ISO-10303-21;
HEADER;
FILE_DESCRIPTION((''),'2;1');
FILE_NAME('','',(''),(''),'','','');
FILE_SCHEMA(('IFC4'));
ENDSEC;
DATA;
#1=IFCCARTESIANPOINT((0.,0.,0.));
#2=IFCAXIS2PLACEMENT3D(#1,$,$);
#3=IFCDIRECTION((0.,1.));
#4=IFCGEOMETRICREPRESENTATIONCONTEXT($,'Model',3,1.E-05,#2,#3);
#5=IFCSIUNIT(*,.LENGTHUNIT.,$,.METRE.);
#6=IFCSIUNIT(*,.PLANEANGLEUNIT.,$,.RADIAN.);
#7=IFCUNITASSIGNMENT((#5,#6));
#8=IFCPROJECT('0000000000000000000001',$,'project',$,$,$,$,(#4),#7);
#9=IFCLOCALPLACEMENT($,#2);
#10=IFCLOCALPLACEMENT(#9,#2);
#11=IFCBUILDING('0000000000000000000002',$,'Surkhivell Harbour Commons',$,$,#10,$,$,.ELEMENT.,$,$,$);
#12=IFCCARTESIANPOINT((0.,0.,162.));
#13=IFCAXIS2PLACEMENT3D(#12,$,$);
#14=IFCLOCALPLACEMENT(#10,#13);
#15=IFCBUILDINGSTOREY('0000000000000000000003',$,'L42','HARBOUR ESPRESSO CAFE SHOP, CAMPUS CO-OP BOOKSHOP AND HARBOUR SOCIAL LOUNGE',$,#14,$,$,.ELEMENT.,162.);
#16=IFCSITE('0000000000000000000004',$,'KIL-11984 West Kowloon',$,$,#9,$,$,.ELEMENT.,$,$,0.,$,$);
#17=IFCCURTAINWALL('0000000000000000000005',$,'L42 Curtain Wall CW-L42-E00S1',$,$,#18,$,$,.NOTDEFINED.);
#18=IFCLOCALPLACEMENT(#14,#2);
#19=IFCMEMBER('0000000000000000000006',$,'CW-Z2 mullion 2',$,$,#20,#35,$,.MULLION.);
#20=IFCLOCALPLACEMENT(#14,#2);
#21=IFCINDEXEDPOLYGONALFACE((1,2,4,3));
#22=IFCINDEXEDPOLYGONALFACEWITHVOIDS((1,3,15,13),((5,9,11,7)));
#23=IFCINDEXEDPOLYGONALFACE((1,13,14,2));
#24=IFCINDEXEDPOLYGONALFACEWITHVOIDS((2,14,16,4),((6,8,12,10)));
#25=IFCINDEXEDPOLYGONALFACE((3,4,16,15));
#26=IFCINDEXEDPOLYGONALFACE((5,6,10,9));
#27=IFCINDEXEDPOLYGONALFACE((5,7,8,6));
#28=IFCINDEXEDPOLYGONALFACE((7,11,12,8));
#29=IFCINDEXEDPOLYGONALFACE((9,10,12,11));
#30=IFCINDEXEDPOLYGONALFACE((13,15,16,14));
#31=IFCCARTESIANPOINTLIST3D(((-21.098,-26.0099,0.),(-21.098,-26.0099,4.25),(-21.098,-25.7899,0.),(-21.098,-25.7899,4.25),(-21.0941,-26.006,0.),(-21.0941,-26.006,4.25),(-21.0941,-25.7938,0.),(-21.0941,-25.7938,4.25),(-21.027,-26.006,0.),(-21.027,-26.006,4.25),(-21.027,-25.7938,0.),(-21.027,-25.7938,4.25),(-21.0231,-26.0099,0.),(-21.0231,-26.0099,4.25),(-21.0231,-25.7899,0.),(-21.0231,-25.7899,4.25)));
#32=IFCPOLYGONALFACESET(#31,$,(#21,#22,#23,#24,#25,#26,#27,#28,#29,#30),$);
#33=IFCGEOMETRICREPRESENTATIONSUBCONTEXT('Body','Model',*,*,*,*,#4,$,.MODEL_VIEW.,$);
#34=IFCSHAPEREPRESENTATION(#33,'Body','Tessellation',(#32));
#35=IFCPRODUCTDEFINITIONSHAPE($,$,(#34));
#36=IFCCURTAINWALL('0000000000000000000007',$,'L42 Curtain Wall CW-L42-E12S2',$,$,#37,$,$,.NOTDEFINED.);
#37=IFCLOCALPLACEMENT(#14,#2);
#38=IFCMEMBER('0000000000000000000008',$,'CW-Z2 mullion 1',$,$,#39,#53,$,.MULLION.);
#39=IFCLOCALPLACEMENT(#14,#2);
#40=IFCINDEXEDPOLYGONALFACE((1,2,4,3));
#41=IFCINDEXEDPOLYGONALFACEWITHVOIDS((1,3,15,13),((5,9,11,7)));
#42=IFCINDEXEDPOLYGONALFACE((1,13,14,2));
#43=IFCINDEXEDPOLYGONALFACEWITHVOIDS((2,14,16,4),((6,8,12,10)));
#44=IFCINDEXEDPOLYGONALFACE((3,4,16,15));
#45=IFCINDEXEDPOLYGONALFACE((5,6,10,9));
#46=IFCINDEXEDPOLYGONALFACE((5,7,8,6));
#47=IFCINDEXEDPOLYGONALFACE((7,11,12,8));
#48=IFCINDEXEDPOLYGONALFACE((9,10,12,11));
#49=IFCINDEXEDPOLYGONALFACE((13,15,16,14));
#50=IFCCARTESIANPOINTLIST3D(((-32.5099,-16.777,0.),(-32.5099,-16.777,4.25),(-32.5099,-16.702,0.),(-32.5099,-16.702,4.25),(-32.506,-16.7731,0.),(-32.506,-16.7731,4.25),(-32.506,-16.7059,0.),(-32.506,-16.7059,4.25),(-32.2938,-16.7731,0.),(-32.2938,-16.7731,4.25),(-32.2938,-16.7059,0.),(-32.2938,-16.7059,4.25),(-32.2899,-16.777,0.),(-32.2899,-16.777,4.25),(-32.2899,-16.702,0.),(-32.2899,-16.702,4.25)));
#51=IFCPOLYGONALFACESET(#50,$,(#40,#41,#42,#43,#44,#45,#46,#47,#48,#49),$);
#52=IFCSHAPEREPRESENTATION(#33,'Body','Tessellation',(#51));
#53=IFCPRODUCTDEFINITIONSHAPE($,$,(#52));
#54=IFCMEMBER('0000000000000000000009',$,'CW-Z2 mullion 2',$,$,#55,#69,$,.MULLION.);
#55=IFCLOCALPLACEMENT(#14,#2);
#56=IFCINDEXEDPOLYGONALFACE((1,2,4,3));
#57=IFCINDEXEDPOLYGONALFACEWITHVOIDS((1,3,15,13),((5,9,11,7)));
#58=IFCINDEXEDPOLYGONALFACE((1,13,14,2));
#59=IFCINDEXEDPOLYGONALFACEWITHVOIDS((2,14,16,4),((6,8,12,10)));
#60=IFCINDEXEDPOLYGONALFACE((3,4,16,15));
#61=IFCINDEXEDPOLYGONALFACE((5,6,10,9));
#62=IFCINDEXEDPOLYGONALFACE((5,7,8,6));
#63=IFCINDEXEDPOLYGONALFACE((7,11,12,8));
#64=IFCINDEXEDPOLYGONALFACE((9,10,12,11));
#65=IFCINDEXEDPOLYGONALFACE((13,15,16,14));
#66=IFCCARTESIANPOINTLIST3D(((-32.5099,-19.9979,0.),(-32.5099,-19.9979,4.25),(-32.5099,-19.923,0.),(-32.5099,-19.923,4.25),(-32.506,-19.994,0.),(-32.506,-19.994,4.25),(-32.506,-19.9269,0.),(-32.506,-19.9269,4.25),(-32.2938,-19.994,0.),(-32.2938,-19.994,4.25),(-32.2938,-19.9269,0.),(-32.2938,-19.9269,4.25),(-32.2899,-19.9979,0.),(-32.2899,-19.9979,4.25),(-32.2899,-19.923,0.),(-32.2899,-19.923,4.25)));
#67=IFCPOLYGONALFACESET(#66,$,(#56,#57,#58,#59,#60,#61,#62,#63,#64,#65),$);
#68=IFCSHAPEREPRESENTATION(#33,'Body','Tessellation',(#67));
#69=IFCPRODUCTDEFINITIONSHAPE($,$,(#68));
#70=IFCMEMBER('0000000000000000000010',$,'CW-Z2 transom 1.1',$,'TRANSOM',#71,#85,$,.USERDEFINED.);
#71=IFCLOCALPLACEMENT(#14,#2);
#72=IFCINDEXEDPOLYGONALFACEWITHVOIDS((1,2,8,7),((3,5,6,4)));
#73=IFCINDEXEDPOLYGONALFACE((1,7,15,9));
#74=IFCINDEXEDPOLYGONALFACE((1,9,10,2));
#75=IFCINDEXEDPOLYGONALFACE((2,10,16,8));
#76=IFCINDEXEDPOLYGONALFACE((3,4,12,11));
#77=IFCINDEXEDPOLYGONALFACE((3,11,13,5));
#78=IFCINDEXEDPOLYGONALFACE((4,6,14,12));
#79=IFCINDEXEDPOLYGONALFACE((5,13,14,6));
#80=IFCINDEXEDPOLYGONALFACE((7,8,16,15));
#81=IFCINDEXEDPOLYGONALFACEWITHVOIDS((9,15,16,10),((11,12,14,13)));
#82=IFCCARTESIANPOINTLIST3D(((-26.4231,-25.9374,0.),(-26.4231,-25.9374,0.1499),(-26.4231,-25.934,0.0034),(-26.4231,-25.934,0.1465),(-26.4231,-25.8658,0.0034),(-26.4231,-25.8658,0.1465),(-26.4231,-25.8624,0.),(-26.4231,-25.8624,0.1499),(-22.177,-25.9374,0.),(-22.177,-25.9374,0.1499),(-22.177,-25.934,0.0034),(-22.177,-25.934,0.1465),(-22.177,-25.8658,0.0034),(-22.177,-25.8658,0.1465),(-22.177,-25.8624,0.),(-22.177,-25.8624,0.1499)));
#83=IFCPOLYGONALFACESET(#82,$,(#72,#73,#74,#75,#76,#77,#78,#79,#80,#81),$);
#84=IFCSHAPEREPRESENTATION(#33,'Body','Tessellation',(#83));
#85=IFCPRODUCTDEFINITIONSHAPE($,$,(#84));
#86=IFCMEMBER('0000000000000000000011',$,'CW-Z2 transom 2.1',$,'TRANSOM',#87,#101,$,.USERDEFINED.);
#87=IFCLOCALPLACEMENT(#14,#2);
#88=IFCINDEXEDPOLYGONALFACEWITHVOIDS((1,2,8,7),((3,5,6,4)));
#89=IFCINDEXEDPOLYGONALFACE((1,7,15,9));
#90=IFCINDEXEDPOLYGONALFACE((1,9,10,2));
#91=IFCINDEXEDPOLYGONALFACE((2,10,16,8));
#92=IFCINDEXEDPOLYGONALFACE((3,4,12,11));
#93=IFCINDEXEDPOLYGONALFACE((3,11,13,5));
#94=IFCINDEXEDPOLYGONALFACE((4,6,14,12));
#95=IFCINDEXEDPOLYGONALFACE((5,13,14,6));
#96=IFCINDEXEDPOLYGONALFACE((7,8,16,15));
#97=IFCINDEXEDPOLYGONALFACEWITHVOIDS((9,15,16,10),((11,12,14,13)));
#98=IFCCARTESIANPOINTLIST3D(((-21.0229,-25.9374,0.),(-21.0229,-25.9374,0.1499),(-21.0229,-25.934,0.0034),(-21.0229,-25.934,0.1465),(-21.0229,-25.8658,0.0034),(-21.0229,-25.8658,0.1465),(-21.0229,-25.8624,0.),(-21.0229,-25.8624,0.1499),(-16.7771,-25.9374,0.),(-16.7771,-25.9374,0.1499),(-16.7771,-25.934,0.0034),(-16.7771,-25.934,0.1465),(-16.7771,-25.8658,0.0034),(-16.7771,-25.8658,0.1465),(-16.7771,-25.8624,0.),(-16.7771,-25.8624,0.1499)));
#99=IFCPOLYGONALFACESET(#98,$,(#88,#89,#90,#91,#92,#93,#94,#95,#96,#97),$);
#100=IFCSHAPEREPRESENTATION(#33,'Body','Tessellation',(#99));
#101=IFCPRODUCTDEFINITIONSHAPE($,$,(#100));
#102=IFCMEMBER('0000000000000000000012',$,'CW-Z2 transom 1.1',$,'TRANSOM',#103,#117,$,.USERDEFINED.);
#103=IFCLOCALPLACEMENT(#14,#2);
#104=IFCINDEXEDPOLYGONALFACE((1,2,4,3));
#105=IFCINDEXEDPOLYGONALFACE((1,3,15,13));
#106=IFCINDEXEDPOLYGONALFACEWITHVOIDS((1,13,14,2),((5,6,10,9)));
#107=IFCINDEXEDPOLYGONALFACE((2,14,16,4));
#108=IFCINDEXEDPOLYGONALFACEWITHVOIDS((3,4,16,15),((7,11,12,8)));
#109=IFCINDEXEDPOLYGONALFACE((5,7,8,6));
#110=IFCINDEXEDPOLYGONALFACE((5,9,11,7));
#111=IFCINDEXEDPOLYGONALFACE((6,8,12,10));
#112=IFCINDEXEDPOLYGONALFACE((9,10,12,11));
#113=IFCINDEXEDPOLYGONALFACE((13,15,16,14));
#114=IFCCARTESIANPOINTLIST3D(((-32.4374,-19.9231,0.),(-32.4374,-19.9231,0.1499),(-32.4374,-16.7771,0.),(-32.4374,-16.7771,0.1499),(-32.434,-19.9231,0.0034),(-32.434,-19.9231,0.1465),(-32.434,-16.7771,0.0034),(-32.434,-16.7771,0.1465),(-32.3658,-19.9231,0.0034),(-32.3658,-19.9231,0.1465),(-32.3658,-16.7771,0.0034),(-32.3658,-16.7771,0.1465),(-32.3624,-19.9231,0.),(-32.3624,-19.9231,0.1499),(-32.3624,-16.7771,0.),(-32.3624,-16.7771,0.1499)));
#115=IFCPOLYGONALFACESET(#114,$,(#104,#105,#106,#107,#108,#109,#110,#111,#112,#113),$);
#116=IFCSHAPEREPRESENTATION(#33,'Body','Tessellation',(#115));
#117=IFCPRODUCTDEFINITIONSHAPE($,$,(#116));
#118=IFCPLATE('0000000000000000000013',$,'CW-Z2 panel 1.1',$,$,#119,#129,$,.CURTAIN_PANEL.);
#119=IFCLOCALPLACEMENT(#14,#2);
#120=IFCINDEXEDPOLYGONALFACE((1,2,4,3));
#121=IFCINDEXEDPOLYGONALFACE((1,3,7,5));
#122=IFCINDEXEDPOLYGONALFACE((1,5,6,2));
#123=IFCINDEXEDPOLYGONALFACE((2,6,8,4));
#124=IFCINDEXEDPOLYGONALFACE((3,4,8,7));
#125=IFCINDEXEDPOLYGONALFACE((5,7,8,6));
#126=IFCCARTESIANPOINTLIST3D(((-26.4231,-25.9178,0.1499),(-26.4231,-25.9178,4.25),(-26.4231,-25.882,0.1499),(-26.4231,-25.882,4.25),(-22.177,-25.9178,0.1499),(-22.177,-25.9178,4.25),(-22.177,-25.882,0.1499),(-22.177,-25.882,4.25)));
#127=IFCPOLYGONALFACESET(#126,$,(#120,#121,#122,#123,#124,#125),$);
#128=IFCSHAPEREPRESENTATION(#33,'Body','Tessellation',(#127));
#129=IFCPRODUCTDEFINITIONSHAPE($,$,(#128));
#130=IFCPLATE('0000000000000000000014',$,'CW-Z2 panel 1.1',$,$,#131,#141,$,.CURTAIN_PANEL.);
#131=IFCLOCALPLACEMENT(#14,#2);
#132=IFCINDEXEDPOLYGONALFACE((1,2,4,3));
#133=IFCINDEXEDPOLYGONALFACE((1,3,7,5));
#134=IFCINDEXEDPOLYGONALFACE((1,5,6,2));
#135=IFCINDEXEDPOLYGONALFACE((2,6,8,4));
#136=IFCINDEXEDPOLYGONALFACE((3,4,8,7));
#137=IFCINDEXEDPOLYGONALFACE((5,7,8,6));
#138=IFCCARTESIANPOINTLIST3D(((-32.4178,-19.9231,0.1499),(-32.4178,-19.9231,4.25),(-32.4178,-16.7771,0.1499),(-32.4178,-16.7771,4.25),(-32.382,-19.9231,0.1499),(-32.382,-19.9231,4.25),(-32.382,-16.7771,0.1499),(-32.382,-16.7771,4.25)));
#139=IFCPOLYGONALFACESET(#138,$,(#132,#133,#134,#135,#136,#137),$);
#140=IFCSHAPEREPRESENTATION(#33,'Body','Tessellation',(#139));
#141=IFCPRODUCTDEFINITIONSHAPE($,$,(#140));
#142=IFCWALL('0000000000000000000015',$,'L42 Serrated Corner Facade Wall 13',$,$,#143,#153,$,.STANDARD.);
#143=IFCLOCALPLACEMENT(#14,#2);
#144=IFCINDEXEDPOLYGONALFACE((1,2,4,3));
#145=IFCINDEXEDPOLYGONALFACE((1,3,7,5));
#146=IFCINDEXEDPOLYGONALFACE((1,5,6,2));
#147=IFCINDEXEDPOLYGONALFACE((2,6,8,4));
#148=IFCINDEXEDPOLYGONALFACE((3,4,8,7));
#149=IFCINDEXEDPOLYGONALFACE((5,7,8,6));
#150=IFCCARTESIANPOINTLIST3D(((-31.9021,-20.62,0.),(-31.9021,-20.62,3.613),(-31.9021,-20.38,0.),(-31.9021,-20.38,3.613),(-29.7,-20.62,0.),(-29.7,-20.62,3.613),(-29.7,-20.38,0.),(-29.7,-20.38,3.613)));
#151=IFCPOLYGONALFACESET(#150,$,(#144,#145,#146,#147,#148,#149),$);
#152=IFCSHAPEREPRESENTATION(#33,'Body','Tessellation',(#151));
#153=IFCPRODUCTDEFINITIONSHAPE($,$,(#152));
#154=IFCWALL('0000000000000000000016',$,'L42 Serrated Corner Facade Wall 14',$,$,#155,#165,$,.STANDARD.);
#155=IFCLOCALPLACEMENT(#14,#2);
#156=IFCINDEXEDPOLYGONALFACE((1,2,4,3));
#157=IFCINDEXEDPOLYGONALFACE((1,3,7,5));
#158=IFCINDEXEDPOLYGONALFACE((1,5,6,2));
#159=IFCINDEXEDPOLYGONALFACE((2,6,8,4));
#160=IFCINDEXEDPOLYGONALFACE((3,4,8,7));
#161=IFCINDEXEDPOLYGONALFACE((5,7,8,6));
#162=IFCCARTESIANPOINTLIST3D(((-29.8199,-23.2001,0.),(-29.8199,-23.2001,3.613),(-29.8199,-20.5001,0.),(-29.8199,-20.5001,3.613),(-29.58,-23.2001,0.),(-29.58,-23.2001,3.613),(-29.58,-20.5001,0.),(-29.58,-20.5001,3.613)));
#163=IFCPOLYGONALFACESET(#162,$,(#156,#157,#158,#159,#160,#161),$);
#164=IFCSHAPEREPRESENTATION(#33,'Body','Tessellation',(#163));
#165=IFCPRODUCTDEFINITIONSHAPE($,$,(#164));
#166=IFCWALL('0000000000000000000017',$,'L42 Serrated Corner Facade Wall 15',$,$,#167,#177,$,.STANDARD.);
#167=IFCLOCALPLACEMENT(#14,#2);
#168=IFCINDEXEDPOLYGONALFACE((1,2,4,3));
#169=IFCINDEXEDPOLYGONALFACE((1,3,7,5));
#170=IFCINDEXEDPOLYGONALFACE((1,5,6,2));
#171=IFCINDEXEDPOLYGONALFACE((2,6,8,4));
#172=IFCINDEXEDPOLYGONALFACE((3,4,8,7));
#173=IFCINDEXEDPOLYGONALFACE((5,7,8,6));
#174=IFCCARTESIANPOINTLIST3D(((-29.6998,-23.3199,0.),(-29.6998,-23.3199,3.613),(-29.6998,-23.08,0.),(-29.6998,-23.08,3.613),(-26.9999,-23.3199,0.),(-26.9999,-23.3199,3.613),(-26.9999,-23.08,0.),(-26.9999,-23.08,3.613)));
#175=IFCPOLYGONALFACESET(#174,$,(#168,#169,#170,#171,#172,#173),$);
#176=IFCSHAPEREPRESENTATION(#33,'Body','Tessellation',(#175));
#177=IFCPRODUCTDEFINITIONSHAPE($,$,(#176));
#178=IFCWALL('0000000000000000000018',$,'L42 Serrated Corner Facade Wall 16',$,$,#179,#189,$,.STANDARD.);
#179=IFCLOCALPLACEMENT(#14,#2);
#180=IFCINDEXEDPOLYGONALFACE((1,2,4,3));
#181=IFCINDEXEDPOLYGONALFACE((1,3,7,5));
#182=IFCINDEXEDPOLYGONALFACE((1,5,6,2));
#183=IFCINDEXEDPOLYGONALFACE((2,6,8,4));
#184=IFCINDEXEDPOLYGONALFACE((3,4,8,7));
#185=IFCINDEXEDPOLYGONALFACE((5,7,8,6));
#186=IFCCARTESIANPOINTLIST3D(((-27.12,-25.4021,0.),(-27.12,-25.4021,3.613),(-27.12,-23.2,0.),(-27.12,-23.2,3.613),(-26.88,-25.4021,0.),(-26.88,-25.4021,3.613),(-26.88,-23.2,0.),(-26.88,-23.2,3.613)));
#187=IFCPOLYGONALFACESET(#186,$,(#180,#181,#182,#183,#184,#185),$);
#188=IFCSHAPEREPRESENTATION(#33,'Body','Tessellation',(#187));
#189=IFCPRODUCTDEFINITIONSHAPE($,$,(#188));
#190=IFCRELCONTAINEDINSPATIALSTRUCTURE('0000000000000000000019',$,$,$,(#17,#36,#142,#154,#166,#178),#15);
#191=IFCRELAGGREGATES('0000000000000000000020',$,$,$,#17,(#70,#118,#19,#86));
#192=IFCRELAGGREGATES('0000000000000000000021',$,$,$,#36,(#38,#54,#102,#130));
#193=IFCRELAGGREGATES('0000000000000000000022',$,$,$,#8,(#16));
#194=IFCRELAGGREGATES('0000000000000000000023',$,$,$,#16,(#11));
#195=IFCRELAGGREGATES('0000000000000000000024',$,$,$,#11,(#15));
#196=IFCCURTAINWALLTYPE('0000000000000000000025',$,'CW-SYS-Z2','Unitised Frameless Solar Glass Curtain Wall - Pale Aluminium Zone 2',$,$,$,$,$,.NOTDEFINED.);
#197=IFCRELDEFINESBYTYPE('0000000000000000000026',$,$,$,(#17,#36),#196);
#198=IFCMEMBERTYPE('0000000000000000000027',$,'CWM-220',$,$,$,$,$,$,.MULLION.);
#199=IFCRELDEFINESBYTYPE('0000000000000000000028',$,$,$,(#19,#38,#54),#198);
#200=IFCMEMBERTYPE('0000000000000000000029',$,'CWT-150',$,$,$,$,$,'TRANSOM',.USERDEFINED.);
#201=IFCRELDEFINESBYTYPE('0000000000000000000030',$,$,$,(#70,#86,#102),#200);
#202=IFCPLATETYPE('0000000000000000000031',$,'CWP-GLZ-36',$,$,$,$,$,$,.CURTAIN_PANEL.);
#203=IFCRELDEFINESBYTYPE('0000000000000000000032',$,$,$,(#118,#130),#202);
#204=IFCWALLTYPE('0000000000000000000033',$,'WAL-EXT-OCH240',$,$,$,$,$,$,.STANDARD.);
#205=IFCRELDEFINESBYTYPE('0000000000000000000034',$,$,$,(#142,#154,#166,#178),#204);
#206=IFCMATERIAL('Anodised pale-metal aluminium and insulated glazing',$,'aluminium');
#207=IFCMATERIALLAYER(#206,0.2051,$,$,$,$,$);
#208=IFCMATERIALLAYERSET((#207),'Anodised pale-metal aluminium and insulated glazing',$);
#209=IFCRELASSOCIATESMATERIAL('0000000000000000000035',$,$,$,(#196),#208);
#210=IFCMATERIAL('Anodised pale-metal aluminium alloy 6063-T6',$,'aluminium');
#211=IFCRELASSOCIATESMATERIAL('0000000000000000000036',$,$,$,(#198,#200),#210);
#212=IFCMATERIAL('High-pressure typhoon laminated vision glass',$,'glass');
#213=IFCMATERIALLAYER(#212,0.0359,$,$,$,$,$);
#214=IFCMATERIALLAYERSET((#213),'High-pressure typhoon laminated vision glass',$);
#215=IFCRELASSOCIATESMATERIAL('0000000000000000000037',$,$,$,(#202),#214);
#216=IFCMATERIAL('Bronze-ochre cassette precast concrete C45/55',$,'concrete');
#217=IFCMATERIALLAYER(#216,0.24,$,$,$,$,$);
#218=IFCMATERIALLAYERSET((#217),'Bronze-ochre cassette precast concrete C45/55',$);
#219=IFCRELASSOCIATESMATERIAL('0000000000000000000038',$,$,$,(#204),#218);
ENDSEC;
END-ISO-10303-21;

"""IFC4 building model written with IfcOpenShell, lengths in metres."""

from ifc_helpers import new_model, si_unit, direction, frame, frame_2d, origin, origin_2d, place, context, subcontext, project, spatial, rectangle, hollow_rectangle, extrude, material, layer, layer_set, material_profile, profile_set, type_object, element, aggregate, save


model = new_model("IFC4")

# Units and contexts
model_context = context("Model", 3, precision=1e-05, world=origin(), true_north=direction((0.0, 1.0)))
body_context = subcontext(model_context, "Body", "Model", "MODEL_VIEW")
ifc_project = project(units=[si_unit("LENGTHUNIT", "METRE"), si_unit("PLANEANGLEUNIT", "RADIAN")], contexts=[model_context])

# Site, building, storey
site_placement = place(None, origin())
site = spatial("IfcSite", under=ifc_project, at=site_placement, Name="KIL-11984 West Kowloon", CompositionType="ELEMENT", RefElevation=0.0)
building_placement = place(site_placement, origin())
building = spatial("IfcBuilding", under=site, at=building_placement, Name="Surkhivell Harbour Commons", CompositionType="ELEMENT")
storey_placement = place(building_placement, frame((0.0, 0.0, 162.0)))
storey = spatial("IfcBuildingStorey", under=building, at=storey_placement, Name="L42", Description="HARBOUR ESPRESSO CAFE SHOP, CAMPUS CO-OP BOOKSHOP AND HARBOUR SOCIAL LOUNGE", CompositionType="ELEMENT", Elevation=162.0)

# Curtain walls, members
ifc_material_1 = material(Name="Anodised pale-metal aluminium and insulated glazing", Category="aluminium")
ifc_layer_1 = layer(ifc_material_1, 0.2051)
ifc_layer_set_1 = layer_set([ifc_layer_1], Name="Anodised pale-metal aluminium and insulated glazing")
curtain_wall_type = type_object("IfcCurtainWallType", Name="CW-SYS-Z2", Description="Unitised Frameless Solar Glass Curtain Wall - Pale Aluminium Zone 2", PredefinedType="NOTDEFINED", material=ifc_layer_set_1)
curtain_wall_1_placement = place(storey_placement, origin())
curtain_wall_1 = element("IfcCurtainWall", 1, at=curtain_wall_1_placement, inside=storey, type_object=curtain_wall_type, Name="L42 Curtain Wall CW-L42-E00S1", PredefinedType="NOTDEFINED")
ifc_material_2 = material(Name="Anodised pale-metal aluminium alloy 6063-T6", Category="aluminium")
ifc_material_profile_1 = material_profile(ifc_material_2, hollow_rectangle(XDim=0.075, YDim=0.22, WallThickness=0.0039, at=origin_2d()), Name="ALU-MULL-75x220")
ifc_profile_set_1 = profile_set([ifc_material_profile_1], Name="Anodised pale-metal aluminium alloy 6063-T6")
member_type_1 = type_object("IfcMemberType", Name="CWM-220", PredefinedType="MULLION", material=ifc_profile_set_1)
member_1_placement = place(storey_placement, frame((-21.0605, -25.8999, 0.0), z_axis=(0.0, 0.0, 1.0), x_axis=(1.0, 0.0, 0.0)))
member_1 = element("IfcMember", 2, at=member_1_placement, type_object=member_type_1, Name="CW-Z2 mullion 2", PredefinedType="MULLION", context=body_context, shape_type="SweptSolid", body=[
    extrude(hollow_rectangle(XDim=0.075, YDim=0.22, WallThickness=0.0039, at=origin_2d()), origin(), (0.0, 0.0, 1.0), 4.25),
])
curtain_wall_2_placement = place(storey_placement, origin())
curtain_wall_2 = element("IfcCurtainWall", 3, at=curtain_wall_2_placement, inside=storey, type_object=curtain_wall_type, Name="L42 Curtain Wall CW-L42-E12S2", PredefinedType="NOTDEFINED")
member_2_placement = place(storey_placement, frame((-32.3999, -16.7395, 0.0), z_axis=(0.0, 0.0, 1.0), x_axis=(0.0, -1.0, 0.0)))
member_2 = element("IfcMember", 4, at=member_2_placement, type_object=member_type_1, Name="CW-Z2 mullion 1", PredefinedType="MULLION", context=body_context, shape_type="SweptSolid", body=[
    extrude(hollow_rectangle(XDim=0.075, YDim=0.22, WallThickness=0.0039, at=origin_2d()), origin(), (0.0, 0.0, 1.0), 4.25),
])
member_3_placement = place(storey_placement, frame((-32.3999, -19.9604, 0.0), z_axis=(0.0, 0.0, 1.0), x_axis=(0.0, -1.0, 0.0)))
member_3 = element("IfcMember", 5, at=member_3_placement, type_object=member_type_1, Name="CW-Z2 mullion 2", PredefinedType="MULLION", context=body_context, shape_type="SweptSolid", body=[
    extrude(hollow_rectangle(XDim=0.075, YDim=0.22, WallThickness=0.0039, at=origin_2d()), origin(), (0.0, 0.0, 1.0), 4.25),
])

# Members
ifc_material_profile_2 = material_profile(ifc_material_2, hollow_rectangle(XDim=0.075, YDim=0.1499, WallThickness=0.0034, at=origin_2d()), Name="ALU-TRAN-75x150")
ifc_profile_set_2 = profile_set([ifc_material_profile_2], Name="Anodised pale-metal aluminium alloy 6063-T6")
member_type_2 = type_object("IfcMemberType", Name="CWT-150", ElementType="TRANSOM", PredefinedType="USERDEFINED", material=ifc_profile_set_2)
member_4_placement = place(storey_placement, frame((-26.4231, -25.8999, 0.075), z_axis=(1.0, 0.0, 0.0), x_axis=(0.0, 1.0, 0.0)))
member_4 = element("IfcMember", 6, at=member_4_placement, type_object=member_type_2, Name="CW-Z2 transom 1.1", ObjectType="TRANSOM", PredefinedType="USERDEFINED", context=body_context, shape_type="SweptSolid", body=[
    extrude(hollow_rectangle(XDim=0.075, YDim=0.1499, WallThickness=0.0034, at=origin_2d()), origin(), (0.0, 0.0, 1.0), 4.2461),
])
member_5_placement = place(storey_placement, frame((-21.0229, -25.8999, 0.075), z_axis=(1.0, 0.0, 0.0), x_axis=(0.0, 1.0, 0.0)))
member_5 = element("IfcMember", 7, at=member_5_placement, type_object=member_type_2, Name="CW-Z2 transom 2.1", ObjectType="TRANSOM", PredefinedType="USERDEFINED", context=body_context, shape_type="SweptSolid", body=[
    extrude(hollow_rectangle(XDim=0.075, YDim=0.1499, WallThickness=0.0034, at=origin_2d()), origin(), (0.0, 0.0, 1.0), 4.2458),
])
member_6_placement = place(storey_placement, frame((-32.3999, -16.7771, 0.075), z_axis=(0.0, -1.0, 0.0), x_axis=(1.0, 0.0, 0.0)))
member_6 = element("IfcMember", 8, at=member_6_placement, type_object=member_type_2, Name="CW-Z2 transom 1.1", ObjectType="TRANSOM", PredefinedType="USERDEFINED", context=body_context, shape_type="SweptSolid", body=[
    extrude(hollow_rectangle(XDim=0.075, YDim=0.1499, WallThickness=0.0034, at=origin_2d()), origin(), (0.0, 0.0, 1.0), 3.146),
])

# Plates
ifc_material_3 = material(Name="High-pressure typhoon laminated vision glass", Category="glass")
ifc_layer_2 = layer(ifc_material_3, 0.0359)
ifc_layer_set_2 = layer_set([ifc_layer_2], Name="High-pressure typhoon laminated vision glass")
plate_type = type_object("IfcPlateType", Name="CWP-GLZ-36", PredefinedType="CURTAIN_PANEL", material=ifc_layer_set_2)
plate_1_placement = place(storey_placement, frame((-26.4231, -25.8999, 0.1499), z_axis=(0.0, 0.0, 1.0), x_axis=(1.0, 0.0, 0.0)))
plate_1 = element("IfcPlate", 9, at=plate_1_placement, type_object=plate_type, Name="CW-Z2 panel 1.1", PredefinedType="CURTAIN_PANEL", context=body_context, shape_type="SweptSolid", body=[
    extrude(rectangle(XDim=4.2461, YDim=0.0359, at=frame_2d((2.123, 0.0))), origin(), (0.0, 0.0, 1.0), 4.1001),
])
aggregate(curtain_wall_1, [member_4, plate_1, member_1, member_5])
plate_2_placement = place(storey_placement, frame((-32.3999, -16.7771, 0.1499), z_axis=(0.0, 0.0, 1.0), x_axis=(0.0, -1.0, 0.0)))
plate_2 = element("IfcPlate", 10, at=plate_2_placement, type_object=plate_type, Name="CW-Z2 panel 1.1", PredefinedType="CURTAIN_PANEL", context=body_context, shape_type="SweptSolid", body=[
    extrude(rectangle(XDim=3.146, YDim=0.0359, at=frame_2d((1.573, 0.0))), origin(), (0.0, 0.0, 1.0), 4.1001),
])
aggregate(curtain_wall_2, [member_2, member_3, member_6, plate_2])

# Walls
ifc_material_4 = material(Name="Bronze-ochre cassette precast concrete C45/55", Category="concrete")
ifc_layer_3 = layer(ifc_material_4, 0.24)
ifc_layer_set_3 = layer_set([ifc_layer_3], Name="Bronze-ochre cassette precast concrete C45/55")
wall_type = type_object("IfcWallType", Name="WAL-EXT-OCH240", PredefinedType="STANDARD", material=ifc_layer_set_3)
wall_1_placement = place(storey_placement, frame((-31.9021, -20.5, 0.0), z_axis=(0.0, 0.0, 1.0), x_axis=(1.0, 0.0, 0.0)))
element("IfcWall", 11, at=wall_1_placement, inside=storey, type_object=wall_type, Name="L42 Serrated Corner Facade Wall 13", PredefinedType="STANDARD", context=body_context, shape_type="SweptSolid", body=[
    extrude(rectangle(XDim=2.2021, YDim=0.24, at=frame_2d((1.1011, 0.0))), origin(), (0.0, 0.0, 1.0), 3.613),
])
for number, where, z_axis, x_axis, name in (
    (12, (-29.7, -20.5, 0.0), (0.0, 0.0, 1.0), (0.0, -1.0, 0.0), "L42 Serrated Corner Facade Wall 14"),
    (13, (-29.7, -23.2, 0.0), (0.0, 0.0, 1.0), (1.0, 0.0, 0.0), "L42 Serrated Corner Facade Wall 15"),
):
    element("IfcWall", number, at=place(storey_placement, frame(where, z_axis=z_axis, x_axis=x_axis)), inside=storey, type_object=wall_type, Name=name, PredefinedType="STANDARD", context=body_context, shape_type="SweptSolid", body=[
        extrude(rectangle(XDim=2.7, YDim=0.24, at=frame_2d((1.3501, 0.0))), origin(), (0.0, 0.0, 1.0), 3.613),
    ])
wall_2_placement = place(storey_placement, frame((-27.0, -23.2, 0.0), z_axis=(0.0, 0.0, 1.0), x_axis=(0.0, -1.0, 0.0)))
element("IfcWall", 14, at=wall_2_placement, inside=storey, type_object=wall_type, Name="L42 Serrated Corner Facade Wall 16", PredefinedType="STANDARD", context=body_context, shape_type="SweptSolid", body=[
    extrude(rectangle(XDim=2.2021, YDim=0.24, at=frame_2d((1.1011, 0.0))), origin(), (0.0, 0.0, 1.0), 3.613),
])

save(model, "model.ifc")
